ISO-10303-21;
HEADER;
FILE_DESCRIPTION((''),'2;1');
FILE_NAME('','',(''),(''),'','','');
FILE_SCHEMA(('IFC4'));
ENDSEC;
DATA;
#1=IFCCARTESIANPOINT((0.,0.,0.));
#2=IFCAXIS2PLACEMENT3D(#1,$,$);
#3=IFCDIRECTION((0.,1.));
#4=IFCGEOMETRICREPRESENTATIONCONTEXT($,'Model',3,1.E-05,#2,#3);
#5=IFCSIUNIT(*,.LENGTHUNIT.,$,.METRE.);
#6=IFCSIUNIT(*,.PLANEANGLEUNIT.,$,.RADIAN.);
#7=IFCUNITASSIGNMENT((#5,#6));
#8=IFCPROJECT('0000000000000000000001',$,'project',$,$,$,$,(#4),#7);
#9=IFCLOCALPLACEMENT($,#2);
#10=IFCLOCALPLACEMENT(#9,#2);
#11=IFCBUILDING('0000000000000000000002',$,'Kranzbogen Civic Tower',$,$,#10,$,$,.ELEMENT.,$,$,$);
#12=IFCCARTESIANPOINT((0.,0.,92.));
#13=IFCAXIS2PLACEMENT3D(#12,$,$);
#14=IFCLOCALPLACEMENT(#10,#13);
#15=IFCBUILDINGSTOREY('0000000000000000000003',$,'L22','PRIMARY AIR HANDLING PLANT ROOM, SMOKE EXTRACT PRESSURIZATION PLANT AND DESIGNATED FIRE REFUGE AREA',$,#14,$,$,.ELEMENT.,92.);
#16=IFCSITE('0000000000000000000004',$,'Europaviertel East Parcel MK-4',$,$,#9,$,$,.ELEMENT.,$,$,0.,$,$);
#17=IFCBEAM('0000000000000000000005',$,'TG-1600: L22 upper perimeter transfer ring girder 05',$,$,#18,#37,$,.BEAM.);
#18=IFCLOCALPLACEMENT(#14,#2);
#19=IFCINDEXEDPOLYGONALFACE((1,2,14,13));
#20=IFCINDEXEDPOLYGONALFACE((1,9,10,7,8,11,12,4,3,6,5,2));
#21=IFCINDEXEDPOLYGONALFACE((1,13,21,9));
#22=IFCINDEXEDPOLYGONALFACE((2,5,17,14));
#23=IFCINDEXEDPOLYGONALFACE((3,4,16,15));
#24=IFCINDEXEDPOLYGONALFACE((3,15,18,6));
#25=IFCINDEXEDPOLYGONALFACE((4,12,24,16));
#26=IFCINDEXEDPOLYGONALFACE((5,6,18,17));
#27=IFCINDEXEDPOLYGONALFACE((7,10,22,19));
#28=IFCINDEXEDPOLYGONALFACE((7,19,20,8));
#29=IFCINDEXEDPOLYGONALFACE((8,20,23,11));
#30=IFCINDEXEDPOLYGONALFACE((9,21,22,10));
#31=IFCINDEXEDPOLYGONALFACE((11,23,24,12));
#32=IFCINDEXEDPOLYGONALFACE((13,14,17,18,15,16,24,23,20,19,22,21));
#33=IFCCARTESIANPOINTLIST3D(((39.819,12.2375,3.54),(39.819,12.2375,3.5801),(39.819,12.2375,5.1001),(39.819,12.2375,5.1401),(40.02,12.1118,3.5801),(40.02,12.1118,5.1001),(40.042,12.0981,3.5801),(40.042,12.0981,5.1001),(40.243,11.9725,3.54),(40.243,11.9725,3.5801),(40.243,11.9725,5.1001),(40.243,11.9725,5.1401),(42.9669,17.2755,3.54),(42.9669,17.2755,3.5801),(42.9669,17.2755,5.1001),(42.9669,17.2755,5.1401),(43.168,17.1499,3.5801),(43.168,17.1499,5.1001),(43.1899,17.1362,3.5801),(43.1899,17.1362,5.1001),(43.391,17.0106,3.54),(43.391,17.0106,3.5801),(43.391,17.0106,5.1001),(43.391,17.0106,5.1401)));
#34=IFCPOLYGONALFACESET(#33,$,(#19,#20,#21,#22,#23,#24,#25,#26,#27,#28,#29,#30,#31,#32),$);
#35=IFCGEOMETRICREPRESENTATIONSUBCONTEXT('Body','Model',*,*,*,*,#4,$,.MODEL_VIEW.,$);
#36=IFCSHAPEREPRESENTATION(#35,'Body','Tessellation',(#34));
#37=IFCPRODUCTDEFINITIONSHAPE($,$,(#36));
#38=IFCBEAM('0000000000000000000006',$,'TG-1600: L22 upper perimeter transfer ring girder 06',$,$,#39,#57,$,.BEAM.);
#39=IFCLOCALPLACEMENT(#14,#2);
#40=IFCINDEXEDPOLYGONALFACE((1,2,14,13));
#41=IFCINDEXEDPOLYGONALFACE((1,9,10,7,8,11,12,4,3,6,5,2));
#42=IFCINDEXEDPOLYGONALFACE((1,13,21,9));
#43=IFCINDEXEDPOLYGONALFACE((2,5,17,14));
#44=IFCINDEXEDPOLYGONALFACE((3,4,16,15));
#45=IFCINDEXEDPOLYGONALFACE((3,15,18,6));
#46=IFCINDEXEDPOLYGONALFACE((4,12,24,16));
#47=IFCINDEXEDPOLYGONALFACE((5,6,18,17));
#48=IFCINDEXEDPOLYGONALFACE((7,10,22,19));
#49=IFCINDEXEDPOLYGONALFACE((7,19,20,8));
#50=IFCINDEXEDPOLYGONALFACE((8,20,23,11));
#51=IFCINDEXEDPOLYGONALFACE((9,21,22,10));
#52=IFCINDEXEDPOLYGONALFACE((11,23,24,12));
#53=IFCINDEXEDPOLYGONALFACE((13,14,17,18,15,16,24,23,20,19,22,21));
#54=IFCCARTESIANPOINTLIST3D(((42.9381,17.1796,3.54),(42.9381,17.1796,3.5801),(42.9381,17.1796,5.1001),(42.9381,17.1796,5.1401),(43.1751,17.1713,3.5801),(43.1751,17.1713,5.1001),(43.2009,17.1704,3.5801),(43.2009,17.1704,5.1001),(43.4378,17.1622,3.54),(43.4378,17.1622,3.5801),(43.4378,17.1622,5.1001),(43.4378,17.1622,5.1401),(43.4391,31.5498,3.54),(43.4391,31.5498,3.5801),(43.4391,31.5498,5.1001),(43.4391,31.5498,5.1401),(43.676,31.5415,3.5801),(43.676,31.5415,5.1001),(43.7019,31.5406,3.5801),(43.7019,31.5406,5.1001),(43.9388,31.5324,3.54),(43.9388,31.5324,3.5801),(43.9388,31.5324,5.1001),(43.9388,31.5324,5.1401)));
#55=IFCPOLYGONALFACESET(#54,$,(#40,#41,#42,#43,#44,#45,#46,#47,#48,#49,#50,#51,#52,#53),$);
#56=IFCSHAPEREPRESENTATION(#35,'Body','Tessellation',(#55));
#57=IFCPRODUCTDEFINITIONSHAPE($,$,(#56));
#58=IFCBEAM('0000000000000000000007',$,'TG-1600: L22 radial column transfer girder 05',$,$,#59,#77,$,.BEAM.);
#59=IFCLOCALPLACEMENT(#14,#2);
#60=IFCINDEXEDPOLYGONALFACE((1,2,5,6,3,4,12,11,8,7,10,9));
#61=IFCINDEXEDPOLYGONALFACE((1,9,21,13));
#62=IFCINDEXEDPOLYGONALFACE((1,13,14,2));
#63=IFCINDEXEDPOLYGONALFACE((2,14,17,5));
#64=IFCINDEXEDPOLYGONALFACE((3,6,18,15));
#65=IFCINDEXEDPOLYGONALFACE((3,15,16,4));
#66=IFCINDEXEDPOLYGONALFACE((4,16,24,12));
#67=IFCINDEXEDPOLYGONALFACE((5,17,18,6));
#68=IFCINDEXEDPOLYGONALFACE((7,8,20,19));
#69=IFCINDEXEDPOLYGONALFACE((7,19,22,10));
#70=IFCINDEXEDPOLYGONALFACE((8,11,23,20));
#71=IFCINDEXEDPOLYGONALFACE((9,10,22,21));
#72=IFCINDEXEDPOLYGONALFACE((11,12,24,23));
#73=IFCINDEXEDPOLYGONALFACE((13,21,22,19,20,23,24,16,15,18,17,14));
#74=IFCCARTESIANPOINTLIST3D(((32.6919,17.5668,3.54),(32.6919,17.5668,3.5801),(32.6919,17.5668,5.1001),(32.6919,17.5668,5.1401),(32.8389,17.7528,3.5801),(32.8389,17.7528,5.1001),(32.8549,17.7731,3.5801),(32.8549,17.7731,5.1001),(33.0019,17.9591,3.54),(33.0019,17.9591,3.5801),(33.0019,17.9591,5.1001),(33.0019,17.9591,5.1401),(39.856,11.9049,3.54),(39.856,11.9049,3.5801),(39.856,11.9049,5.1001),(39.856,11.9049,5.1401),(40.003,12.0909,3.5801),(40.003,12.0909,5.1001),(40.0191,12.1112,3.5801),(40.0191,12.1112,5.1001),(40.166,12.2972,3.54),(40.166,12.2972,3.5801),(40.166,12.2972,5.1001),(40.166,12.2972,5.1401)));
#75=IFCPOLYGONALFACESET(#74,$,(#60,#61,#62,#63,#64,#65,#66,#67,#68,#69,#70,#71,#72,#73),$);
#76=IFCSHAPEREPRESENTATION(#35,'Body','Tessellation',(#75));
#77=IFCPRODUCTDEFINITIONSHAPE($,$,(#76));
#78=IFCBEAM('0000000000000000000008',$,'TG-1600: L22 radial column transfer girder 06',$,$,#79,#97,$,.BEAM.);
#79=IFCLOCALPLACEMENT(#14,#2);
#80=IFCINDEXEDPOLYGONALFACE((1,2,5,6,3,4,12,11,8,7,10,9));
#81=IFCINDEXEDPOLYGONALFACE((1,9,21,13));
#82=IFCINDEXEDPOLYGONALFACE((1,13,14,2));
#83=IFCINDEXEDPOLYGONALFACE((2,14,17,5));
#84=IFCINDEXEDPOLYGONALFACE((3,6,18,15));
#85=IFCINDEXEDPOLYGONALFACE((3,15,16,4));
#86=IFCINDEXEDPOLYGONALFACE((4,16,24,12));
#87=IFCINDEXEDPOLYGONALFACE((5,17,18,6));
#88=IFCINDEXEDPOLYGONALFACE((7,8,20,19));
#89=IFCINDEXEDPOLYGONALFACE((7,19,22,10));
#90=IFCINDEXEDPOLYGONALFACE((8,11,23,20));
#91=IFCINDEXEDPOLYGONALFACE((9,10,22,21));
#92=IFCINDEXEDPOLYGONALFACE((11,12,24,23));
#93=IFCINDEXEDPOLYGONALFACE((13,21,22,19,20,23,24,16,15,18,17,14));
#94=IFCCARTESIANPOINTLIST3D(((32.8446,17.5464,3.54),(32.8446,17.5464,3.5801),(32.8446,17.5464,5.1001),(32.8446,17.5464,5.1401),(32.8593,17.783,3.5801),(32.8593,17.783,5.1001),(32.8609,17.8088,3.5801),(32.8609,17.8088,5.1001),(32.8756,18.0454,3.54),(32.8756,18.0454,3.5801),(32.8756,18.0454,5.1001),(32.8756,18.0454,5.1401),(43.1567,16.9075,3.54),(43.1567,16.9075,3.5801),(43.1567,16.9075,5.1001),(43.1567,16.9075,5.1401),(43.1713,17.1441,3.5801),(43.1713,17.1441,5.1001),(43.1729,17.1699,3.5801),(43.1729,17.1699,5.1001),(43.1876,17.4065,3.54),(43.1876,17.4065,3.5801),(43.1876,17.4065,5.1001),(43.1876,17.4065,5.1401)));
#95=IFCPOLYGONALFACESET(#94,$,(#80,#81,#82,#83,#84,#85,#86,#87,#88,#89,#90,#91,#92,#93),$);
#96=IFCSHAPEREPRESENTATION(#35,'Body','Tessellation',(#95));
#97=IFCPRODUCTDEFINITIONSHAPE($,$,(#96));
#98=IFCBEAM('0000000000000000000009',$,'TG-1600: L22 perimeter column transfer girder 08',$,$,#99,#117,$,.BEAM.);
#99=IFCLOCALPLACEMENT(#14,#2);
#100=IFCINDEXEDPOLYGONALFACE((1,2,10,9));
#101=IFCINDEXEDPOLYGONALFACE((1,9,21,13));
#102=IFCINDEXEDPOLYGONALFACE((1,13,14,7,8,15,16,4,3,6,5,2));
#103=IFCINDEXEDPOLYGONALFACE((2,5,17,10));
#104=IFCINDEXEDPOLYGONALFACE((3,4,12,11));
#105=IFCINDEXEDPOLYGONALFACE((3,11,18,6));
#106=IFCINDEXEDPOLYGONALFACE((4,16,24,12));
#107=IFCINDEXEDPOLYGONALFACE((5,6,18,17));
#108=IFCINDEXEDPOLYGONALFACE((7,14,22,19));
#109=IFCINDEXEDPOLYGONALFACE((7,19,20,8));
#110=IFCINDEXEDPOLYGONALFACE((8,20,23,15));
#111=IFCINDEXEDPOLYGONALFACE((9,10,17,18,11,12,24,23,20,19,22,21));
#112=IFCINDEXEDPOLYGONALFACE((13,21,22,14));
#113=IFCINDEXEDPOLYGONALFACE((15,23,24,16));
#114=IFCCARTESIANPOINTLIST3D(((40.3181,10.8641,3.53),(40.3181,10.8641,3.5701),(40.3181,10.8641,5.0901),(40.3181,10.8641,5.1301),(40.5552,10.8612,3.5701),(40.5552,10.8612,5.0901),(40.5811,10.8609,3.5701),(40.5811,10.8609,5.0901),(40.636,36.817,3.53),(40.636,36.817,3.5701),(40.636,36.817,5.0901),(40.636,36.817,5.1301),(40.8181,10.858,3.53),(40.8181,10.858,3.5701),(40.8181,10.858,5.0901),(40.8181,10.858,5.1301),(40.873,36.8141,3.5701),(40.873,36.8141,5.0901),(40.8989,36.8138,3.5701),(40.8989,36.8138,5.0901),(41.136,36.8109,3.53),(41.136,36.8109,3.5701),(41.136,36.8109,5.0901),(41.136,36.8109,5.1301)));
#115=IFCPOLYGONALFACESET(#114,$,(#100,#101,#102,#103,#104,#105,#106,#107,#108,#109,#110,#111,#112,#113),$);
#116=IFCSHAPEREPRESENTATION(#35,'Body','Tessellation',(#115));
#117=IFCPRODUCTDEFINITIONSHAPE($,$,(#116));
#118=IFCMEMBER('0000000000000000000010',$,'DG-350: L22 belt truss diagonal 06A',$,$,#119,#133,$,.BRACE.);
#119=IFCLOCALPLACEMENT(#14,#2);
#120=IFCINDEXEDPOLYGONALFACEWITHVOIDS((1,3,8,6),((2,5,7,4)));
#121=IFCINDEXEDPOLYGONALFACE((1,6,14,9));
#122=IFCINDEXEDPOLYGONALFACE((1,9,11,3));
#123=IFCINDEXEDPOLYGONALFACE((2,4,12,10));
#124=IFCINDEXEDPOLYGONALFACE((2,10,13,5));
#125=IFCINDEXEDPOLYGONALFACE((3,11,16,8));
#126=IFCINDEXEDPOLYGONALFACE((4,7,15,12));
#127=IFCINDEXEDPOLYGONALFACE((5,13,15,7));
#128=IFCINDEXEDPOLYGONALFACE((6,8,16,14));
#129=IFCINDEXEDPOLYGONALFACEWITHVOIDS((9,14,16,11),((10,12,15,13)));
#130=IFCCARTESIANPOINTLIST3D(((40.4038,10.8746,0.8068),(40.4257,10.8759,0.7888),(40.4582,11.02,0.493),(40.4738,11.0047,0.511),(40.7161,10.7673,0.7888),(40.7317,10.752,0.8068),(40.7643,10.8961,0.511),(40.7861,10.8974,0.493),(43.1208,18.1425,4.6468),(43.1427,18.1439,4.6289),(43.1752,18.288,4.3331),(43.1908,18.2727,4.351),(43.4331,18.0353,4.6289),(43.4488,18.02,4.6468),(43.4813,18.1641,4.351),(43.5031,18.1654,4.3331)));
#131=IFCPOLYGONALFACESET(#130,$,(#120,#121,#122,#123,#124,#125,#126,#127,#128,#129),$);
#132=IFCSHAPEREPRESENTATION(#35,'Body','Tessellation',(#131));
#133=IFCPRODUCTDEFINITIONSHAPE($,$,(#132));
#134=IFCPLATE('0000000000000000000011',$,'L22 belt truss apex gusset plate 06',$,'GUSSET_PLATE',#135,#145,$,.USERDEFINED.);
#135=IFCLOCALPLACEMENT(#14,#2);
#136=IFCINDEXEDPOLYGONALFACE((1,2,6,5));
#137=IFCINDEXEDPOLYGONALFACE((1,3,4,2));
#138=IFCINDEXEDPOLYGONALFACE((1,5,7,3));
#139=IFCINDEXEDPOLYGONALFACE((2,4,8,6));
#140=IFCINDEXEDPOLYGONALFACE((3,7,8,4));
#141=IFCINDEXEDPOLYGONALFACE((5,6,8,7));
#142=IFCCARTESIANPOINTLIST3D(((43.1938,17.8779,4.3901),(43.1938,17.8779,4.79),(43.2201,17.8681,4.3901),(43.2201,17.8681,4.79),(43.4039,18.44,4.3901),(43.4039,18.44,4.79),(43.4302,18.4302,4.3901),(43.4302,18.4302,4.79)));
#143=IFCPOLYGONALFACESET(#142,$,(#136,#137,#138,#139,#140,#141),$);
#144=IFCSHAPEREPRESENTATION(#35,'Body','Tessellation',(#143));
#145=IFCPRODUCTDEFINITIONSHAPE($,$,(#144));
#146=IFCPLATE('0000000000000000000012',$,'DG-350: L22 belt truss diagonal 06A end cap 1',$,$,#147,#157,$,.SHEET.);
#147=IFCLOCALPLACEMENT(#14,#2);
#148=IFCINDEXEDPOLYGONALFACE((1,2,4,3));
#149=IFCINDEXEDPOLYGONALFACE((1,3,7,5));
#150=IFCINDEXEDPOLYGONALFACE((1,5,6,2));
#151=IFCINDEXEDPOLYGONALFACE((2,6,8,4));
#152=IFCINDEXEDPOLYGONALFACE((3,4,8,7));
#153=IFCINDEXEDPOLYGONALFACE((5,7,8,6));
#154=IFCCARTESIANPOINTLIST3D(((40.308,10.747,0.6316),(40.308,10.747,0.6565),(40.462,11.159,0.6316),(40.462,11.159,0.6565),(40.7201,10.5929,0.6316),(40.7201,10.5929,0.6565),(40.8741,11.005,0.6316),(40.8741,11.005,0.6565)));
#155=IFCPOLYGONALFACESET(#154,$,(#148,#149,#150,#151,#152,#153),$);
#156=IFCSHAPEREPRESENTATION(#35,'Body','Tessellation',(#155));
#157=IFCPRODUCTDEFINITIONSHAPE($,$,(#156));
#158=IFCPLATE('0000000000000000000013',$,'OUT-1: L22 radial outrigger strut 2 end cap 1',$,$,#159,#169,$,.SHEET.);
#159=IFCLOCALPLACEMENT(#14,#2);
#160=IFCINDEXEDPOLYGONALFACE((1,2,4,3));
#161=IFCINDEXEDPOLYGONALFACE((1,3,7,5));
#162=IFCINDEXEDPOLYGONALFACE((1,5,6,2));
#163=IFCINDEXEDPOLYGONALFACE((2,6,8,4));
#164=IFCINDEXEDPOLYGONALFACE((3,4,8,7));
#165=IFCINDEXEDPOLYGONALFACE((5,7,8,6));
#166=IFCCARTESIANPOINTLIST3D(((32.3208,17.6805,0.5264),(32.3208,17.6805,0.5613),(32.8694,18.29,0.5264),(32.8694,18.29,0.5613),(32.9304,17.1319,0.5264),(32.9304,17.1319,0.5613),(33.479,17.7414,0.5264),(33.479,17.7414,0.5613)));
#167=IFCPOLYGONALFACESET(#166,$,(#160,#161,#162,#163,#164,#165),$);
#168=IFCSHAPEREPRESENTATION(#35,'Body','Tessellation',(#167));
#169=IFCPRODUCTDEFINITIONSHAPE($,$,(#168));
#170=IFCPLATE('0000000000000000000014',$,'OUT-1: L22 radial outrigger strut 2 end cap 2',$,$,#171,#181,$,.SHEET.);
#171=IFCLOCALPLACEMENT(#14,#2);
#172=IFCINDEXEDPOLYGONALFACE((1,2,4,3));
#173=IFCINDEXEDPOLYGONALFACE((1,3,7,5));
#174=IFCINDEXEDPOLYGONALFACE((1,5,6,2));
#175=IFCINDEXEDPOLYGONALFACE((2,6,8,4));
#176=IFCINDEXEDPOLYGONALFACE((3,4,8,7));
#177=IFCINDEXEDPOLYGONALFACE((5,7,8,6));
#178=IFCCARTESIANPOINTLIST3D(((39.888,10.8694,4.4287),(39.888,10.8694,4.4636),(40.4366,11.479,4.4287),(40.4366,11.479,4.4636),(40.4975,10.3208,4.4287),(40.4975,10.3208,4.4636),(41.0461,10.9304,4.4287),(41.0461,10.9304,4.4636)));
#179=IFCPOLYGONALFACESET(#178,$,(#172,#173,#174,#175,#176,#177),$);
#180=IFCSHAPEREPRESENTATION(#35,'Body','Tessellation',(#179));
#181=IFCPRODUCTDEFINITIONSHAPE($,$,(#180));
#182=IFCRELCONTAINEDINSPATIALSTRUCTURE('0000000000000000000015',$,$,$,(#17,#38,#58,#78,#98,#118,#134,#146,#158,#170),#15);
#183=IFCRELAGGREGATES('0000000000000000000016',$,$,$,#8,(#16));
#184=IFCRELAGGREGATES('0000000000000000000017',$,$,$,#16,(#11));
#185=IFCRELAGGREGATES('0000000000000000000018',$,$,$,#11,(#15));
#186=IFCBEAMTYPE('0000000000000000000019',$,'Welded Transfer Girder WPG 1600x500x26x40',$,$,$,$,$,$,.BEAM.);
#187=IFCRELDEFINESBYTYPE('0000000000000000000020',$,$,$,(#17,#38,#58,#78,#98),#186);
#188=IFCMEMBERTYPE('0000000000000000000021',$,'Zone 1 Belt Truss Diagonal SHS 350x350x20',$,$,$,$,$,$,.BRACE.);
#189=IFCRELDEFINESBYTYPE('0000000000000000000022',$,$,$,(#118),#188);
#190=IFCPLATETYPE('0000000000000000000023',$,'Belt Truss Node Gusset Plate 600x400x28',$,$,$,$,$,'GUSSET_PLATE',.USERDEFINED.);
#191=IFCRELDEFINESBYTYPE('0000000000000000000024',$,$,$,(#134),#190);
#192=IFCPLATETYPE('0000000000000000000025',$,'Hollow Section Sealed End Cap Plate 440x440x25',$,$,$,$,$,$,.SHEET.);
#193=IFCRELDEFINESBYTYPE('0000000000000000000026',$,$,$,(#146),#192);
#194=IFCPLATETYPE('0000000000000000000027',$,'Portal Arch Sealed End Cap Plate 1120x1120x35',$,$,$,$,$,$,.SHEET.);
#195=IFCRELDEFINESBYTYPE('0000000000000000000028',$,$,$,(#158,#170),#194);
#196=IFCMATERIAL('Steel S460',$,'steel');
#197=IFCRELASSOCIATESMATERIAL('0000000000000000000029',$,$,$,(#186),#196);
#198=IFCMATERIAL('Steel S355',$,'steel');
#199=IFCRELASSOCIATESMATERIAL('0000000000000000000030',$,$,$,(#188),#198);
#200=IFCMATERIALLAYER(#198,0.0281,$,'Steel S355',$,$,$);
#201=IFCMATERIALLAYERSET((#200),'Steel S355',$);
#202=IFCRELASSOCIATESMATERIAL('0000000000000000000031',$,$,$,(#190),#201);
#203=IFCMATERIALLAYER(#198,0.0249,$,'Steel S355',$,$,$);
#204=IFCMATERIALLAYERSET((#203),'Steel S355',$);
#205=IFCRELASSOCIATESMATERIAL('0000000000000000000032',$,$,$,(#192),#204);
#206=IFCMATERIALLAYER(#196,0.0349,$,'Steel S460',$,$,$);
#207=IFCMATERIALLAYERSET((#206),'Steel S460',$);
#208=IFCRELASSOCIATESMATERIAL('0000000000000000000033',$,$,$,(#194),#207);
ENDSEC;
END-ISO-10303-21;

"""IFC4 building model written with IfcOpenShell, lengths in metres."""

from ifc_helpers import new_model, si_unit, direction, frame, origin, origin_2d, place, context, subcontext, project, spatial, rectangle, hollow_rectangle, i_section, extrude, material, layer, layer_set, material_profile, profile_set, type_object, element, save


model = new_model("IFC4")

# Units and contexts
model_context = context("Model", 3, precision=1e-05, world=origin(), true_north=direction((0.0, 1.0)))
body_context = subcontext(model_context, "Body", "Model", "MODEL_VIEW")
ifc_project = project(units=[si_unit("LENGTHUNIT", "METRE"), si_unit("PLANEANGLEUNIT", "RADIAN")], contexts=[model_context])

# Site, building, storey
site_placement = place(None, origin())
site = spatial("IfcSite", under=ifc_project, at=site_placement, Name="Europaviertel East Parcel MK-4", CompositionType="ELEMENT", RefElevation=0.0)
building_placement = place(site_placement, origin())
building = spatial("IfcBuilding", under=site, at=building_placement, Name="Kranzbogen Civic Tower", CompositionType="ELEMENT")
storey_placement = place(building_placement, frame((0.0, 0.0, 92.0)))
storey = spatial("IfcBuildingStorey", under=building, at=storey_placement, Name="L22", Description="PRIMARY AIR HANDLING PLANT ROOM, SMOKE EXTRACT PRESSURIZATION PLANT AND DESIGNATED FIRE REFUGE AREA", CompositionType="ELEMENT", Elevation=92.0)

# Shared definitions
ifc_material_1 = material(Name="Steel S355", Category="steel")
ifc_material_2 = material(Name="Steel S460", Category="steel")

# Beams
ifc_material_profile_1 = material_profile(ifc_material_2, i_section(OverallWidth=0.5, OverallDepth=1.6001, WebThickness=0.0259, FlangeThickness=0.04, at=origin_2d()), Name="WPG 1600x500x26x40")
ifc_profile_set_1 = profile_set([ifc_material_profile_1], Name="Steel S460")
beam_type = type_object("IfcBeamType", Name="Welded Transfer Girder WPG 1600x500x26x40", PredefinedType="BEAM", material=ifc_profile_set_1)
beam_1_placement = place(storey_placement, frame((40.031, 12.105, 4.3401), z_axis=(0.529896, 0.848063, 0.0), x_axis=(-0.848063, 0.529896, 0.0)))
element("IfcBeam", 1, at=beam_1_placement, inside=storey, type_object=beam_type, Name="TG-1600: L22 upper perimeter transfer ring girder 05", PredefinedType="BEAM", context=body_context, shape_type="SweptSolid", body=[
    extrude(i_section(OverallWidth=0.5, OverallDepth=1.6001, WebThickness=0.0259, FlangeThickness=0.04, at=origin_2d()), origin(), (0.0, 0.0, 1.0), 5.9407),
])
beam_2_placement = place(storey_placement, frame((43.188, 17.1709, 4.3401), z_axis=(0.034841, 0.999393, 0.0), x_axis=(-0.999393, 0.034841, 0.0)))
element("IfcBeam", 2, at=beam_2_placement, inside=storey, type_object=beam_type, Name="TG-1600: L22 upper perimeter transfer ring girder 06", PredefinedType="BEAM", context=body_context, shape_type="SweptSolid", body=[
    extrude(i_section(OverallWidth=0.5, OverallDepth=1.6001, WebThickness=0.0259, FlangeThickness=0.04, at=origin_2d()), origin(), (0.0, 0.0, 1.0), 14.3789),
])
beam_3_placement = place(storey_placement, frame((32.8469, 17.7629, 4.3401), z_axis=(0.784562, -0.620051, 0.0), x_axis=(0.620051, 0.784562, 0.0)))
element("IfcBeam", 3, at=beam_3_placement, inside=storey, type_object=beam_type, Name="TG-1600: L22 radial column transfer girder 05", PredefinedType="BEAM", context=body_context, shape_type="SweptSolid", body=[
    extrude(i_section(OverallWidth=0.5, OverallDepth=1.6001, WebThickness=0.0259, FlangeThickness=0.04, at=origin_2d()), origin(), (0.0, 0.0, 1.0), 9.1313),
])
beam_4_placement = place(storey_placement, frame((32.8601, 17.7959, 4.3401), z_axis=(0.998086, -0.06184, 0.0), x_axis=(0.06184, 0.998086, 0.0)))
element("IfcBeam", 4, at=beam_4_placement, inside=storey, type_object=beam_type, Name="TG-1600: L22 radial column transfer girder 06", PredefinedType="BEAM", context=body_context, shape_type="SweptSolid", body=[
    extrude(i_section(OverallWidth=0.5, OverallDepth=1.6001, WebThickness=0.0259, FlangeThickness=0.04, at=origin_2d()), origin(), (0.0, 0.0, 1.0), 10.3318),
])
beam_5_placement = place(storey_placement, frame((40.5681, 10.8611, 4.3301), z_axis=(0.012247, 0.999925, 0.0), x_axis=(-0.999925, 0.012247, 0.0)))
element("IfcBeam", 5, at=beam_5_placement, inside=storey, type_object=beam_type, Name="TG-1600: L22 perimeter column transfer girder 08", PredefinedType="BEAM", context=body_context, shape_type="SweptSolid", body=[
    extrude(i_section(OverallWidth=0.5, OverallDepth=1.6001, WebThickness=0.0259, FlangeThickness=0.04, at=origin_2d()), origin(), (0.0, 0.0, 1.0), 25.9548),
])

# Member
ifc_material_profile_2 = material_profile(ifc_material_1, hollow_rectangle(XDim=0.3501, YDim=0.3501, WallThickness=0.02, at=origin_2d()), Name="SHS 350x350x20")
ifc_profile_set_2 = profile_set([ifc_material_profile_2], Name="Steel S355")
member_type_1 = type_object("IfcMemberType", Name="Zone 1 Belt Truss Diagonal SHS 350x350x20", PredefinedType="BRACE", material=ifc_profile_set_2)
member_1_placement = place(storey_placement, frame((40.595, 10.886, 0.6499), z_axis=(0.313834, 0.839505, 0.443553), x_axis=(-0.936688, 0.350165, 0.0)))
element("IfcMember", 6, at=member_1_placement, inside=storey, type_object=member_type_1, Name="DG-350: L22 belt truss diagonal 06A", PredefinedType="BRACE", context=body_context, shape_type="SweptSolid", body=[
    extrude(hollow_rectangle(XDim=0.3501, YDim=0.3501, WallThickness=0.02, at=origin_2d()), origin(), (0.0, 0.0, 1.0), 8.6575),
])

# Plates
ifc_layer_1 = layer(ifc_material_1, 0.0281, Name="Steel S355")
ifc_layer_set_1 = layer_set([ifc_layer_1], Name="Steel S355")
plate_type_1 = type_object("IfcPlateType", Name="Belt Truss Node Gusset Plate 600x400x28", ElementType="GUSSET_PLATE", PredefinedType="USERDEFINED", material=ifc_layer_set_1)
plate_1_placement = place(storey_placement, frame((43.312, 18.1541, 4.3901), z_axis=(0.0, 0.0, 1.0), x_axis=(0.350175, 0.936684, 0.0)))
element("IfcPlate", 7, at=plate_1_placement, inside=storey, type_object=plate_type_1, Name="L22 belt truss apex gusset plate 06", ObjectType="GUSSET_PLATE", PredefinedType="USERDEFINED", context=body_context, shape_type="SweptSolid", body=[
    extrude(rectangle(XDim=0.6001, YDim=0.0281, at=origin_2d()), origin(), (0.0, 0.0, 1.0), 0.3999),
])
ifc_layer_2 = layer(ifc_material_1, 0.0249, Name="Steel S355")
ifc_layer_set_2 = layer_set([ifc_layer_2], Name="Steel S355")
plate_type_2 = type_object("IfcPlateType", Name="Hollow Section Sealed End Cap Plate 440x440x25", PredefinedType="SHEET", material=ifc_layer_set_2)
plate_2_placement = place(storey_placement, frame((40.5911, 10.876, 0.6316), z_axis=(0.0, 0.0, 1.0), x_axis=(0.350158, 0.936691, 0.0)))
element("IfcPlate", 8, at=plate_2_placement, inside=storey, type_object=plate_type_2, Name="DG-350: L22 belt truss diagonal 06A end cap 1", PredefinedType="SHEET", context=body_context, shape_type="SweptSolid", body=[
    extrude(rectangle(XDim=0.4399, YDim=0.4399, at=origin_2d()), origin(), (0.0, 0.0, 1.0), 0.0249),
])
ifc_layer_3 = layer(ifc_material_2, 0.0349, Name="Steel S460")
ifc_layer_set_3 = layer_set([ifc_layer_3], Name="Steel S460")
plate_type_3 = type_object("IfcPlateType", Name="Portal Arch Sealed End Cap Plate 1120x1120x35", PredefinedType="SHEET", material=ifc_layer_set_3)
for number, where, z_axis, x_axis, name in (
    (9, (32.8999, 17.7109, 0.5264), (0.0, 0.0, 1.0), (0.743285, -0.668975, 0.0), "OUT-1: L22 radial outrigger strut 2 end cap 1"),
    (10, (40.467, 10.8999, 4.4287), (0.0, 0.0, 1.0), (0.743285, -0.668975, 0.0), "OUT-1: L22 radial outrigger strut 2 end cap 2"),
):
    element("IfcPlate", number, at=place(storey_placement, frame(where, z_axis=z_axis, x_axis=x_axis)), inside=storey, type_object=plate_type_3, Name=name, PredefinedType="SHEET", context=body_context, shape_type="SweptSolid", body=[
        extrude(rectangle(XDim=0.8201, YDim=0.8201, at=origin_2d()), origin(), (0.0, 0.0, 1.0), 0.0349),
    ])

save(model, "model.ifc")
